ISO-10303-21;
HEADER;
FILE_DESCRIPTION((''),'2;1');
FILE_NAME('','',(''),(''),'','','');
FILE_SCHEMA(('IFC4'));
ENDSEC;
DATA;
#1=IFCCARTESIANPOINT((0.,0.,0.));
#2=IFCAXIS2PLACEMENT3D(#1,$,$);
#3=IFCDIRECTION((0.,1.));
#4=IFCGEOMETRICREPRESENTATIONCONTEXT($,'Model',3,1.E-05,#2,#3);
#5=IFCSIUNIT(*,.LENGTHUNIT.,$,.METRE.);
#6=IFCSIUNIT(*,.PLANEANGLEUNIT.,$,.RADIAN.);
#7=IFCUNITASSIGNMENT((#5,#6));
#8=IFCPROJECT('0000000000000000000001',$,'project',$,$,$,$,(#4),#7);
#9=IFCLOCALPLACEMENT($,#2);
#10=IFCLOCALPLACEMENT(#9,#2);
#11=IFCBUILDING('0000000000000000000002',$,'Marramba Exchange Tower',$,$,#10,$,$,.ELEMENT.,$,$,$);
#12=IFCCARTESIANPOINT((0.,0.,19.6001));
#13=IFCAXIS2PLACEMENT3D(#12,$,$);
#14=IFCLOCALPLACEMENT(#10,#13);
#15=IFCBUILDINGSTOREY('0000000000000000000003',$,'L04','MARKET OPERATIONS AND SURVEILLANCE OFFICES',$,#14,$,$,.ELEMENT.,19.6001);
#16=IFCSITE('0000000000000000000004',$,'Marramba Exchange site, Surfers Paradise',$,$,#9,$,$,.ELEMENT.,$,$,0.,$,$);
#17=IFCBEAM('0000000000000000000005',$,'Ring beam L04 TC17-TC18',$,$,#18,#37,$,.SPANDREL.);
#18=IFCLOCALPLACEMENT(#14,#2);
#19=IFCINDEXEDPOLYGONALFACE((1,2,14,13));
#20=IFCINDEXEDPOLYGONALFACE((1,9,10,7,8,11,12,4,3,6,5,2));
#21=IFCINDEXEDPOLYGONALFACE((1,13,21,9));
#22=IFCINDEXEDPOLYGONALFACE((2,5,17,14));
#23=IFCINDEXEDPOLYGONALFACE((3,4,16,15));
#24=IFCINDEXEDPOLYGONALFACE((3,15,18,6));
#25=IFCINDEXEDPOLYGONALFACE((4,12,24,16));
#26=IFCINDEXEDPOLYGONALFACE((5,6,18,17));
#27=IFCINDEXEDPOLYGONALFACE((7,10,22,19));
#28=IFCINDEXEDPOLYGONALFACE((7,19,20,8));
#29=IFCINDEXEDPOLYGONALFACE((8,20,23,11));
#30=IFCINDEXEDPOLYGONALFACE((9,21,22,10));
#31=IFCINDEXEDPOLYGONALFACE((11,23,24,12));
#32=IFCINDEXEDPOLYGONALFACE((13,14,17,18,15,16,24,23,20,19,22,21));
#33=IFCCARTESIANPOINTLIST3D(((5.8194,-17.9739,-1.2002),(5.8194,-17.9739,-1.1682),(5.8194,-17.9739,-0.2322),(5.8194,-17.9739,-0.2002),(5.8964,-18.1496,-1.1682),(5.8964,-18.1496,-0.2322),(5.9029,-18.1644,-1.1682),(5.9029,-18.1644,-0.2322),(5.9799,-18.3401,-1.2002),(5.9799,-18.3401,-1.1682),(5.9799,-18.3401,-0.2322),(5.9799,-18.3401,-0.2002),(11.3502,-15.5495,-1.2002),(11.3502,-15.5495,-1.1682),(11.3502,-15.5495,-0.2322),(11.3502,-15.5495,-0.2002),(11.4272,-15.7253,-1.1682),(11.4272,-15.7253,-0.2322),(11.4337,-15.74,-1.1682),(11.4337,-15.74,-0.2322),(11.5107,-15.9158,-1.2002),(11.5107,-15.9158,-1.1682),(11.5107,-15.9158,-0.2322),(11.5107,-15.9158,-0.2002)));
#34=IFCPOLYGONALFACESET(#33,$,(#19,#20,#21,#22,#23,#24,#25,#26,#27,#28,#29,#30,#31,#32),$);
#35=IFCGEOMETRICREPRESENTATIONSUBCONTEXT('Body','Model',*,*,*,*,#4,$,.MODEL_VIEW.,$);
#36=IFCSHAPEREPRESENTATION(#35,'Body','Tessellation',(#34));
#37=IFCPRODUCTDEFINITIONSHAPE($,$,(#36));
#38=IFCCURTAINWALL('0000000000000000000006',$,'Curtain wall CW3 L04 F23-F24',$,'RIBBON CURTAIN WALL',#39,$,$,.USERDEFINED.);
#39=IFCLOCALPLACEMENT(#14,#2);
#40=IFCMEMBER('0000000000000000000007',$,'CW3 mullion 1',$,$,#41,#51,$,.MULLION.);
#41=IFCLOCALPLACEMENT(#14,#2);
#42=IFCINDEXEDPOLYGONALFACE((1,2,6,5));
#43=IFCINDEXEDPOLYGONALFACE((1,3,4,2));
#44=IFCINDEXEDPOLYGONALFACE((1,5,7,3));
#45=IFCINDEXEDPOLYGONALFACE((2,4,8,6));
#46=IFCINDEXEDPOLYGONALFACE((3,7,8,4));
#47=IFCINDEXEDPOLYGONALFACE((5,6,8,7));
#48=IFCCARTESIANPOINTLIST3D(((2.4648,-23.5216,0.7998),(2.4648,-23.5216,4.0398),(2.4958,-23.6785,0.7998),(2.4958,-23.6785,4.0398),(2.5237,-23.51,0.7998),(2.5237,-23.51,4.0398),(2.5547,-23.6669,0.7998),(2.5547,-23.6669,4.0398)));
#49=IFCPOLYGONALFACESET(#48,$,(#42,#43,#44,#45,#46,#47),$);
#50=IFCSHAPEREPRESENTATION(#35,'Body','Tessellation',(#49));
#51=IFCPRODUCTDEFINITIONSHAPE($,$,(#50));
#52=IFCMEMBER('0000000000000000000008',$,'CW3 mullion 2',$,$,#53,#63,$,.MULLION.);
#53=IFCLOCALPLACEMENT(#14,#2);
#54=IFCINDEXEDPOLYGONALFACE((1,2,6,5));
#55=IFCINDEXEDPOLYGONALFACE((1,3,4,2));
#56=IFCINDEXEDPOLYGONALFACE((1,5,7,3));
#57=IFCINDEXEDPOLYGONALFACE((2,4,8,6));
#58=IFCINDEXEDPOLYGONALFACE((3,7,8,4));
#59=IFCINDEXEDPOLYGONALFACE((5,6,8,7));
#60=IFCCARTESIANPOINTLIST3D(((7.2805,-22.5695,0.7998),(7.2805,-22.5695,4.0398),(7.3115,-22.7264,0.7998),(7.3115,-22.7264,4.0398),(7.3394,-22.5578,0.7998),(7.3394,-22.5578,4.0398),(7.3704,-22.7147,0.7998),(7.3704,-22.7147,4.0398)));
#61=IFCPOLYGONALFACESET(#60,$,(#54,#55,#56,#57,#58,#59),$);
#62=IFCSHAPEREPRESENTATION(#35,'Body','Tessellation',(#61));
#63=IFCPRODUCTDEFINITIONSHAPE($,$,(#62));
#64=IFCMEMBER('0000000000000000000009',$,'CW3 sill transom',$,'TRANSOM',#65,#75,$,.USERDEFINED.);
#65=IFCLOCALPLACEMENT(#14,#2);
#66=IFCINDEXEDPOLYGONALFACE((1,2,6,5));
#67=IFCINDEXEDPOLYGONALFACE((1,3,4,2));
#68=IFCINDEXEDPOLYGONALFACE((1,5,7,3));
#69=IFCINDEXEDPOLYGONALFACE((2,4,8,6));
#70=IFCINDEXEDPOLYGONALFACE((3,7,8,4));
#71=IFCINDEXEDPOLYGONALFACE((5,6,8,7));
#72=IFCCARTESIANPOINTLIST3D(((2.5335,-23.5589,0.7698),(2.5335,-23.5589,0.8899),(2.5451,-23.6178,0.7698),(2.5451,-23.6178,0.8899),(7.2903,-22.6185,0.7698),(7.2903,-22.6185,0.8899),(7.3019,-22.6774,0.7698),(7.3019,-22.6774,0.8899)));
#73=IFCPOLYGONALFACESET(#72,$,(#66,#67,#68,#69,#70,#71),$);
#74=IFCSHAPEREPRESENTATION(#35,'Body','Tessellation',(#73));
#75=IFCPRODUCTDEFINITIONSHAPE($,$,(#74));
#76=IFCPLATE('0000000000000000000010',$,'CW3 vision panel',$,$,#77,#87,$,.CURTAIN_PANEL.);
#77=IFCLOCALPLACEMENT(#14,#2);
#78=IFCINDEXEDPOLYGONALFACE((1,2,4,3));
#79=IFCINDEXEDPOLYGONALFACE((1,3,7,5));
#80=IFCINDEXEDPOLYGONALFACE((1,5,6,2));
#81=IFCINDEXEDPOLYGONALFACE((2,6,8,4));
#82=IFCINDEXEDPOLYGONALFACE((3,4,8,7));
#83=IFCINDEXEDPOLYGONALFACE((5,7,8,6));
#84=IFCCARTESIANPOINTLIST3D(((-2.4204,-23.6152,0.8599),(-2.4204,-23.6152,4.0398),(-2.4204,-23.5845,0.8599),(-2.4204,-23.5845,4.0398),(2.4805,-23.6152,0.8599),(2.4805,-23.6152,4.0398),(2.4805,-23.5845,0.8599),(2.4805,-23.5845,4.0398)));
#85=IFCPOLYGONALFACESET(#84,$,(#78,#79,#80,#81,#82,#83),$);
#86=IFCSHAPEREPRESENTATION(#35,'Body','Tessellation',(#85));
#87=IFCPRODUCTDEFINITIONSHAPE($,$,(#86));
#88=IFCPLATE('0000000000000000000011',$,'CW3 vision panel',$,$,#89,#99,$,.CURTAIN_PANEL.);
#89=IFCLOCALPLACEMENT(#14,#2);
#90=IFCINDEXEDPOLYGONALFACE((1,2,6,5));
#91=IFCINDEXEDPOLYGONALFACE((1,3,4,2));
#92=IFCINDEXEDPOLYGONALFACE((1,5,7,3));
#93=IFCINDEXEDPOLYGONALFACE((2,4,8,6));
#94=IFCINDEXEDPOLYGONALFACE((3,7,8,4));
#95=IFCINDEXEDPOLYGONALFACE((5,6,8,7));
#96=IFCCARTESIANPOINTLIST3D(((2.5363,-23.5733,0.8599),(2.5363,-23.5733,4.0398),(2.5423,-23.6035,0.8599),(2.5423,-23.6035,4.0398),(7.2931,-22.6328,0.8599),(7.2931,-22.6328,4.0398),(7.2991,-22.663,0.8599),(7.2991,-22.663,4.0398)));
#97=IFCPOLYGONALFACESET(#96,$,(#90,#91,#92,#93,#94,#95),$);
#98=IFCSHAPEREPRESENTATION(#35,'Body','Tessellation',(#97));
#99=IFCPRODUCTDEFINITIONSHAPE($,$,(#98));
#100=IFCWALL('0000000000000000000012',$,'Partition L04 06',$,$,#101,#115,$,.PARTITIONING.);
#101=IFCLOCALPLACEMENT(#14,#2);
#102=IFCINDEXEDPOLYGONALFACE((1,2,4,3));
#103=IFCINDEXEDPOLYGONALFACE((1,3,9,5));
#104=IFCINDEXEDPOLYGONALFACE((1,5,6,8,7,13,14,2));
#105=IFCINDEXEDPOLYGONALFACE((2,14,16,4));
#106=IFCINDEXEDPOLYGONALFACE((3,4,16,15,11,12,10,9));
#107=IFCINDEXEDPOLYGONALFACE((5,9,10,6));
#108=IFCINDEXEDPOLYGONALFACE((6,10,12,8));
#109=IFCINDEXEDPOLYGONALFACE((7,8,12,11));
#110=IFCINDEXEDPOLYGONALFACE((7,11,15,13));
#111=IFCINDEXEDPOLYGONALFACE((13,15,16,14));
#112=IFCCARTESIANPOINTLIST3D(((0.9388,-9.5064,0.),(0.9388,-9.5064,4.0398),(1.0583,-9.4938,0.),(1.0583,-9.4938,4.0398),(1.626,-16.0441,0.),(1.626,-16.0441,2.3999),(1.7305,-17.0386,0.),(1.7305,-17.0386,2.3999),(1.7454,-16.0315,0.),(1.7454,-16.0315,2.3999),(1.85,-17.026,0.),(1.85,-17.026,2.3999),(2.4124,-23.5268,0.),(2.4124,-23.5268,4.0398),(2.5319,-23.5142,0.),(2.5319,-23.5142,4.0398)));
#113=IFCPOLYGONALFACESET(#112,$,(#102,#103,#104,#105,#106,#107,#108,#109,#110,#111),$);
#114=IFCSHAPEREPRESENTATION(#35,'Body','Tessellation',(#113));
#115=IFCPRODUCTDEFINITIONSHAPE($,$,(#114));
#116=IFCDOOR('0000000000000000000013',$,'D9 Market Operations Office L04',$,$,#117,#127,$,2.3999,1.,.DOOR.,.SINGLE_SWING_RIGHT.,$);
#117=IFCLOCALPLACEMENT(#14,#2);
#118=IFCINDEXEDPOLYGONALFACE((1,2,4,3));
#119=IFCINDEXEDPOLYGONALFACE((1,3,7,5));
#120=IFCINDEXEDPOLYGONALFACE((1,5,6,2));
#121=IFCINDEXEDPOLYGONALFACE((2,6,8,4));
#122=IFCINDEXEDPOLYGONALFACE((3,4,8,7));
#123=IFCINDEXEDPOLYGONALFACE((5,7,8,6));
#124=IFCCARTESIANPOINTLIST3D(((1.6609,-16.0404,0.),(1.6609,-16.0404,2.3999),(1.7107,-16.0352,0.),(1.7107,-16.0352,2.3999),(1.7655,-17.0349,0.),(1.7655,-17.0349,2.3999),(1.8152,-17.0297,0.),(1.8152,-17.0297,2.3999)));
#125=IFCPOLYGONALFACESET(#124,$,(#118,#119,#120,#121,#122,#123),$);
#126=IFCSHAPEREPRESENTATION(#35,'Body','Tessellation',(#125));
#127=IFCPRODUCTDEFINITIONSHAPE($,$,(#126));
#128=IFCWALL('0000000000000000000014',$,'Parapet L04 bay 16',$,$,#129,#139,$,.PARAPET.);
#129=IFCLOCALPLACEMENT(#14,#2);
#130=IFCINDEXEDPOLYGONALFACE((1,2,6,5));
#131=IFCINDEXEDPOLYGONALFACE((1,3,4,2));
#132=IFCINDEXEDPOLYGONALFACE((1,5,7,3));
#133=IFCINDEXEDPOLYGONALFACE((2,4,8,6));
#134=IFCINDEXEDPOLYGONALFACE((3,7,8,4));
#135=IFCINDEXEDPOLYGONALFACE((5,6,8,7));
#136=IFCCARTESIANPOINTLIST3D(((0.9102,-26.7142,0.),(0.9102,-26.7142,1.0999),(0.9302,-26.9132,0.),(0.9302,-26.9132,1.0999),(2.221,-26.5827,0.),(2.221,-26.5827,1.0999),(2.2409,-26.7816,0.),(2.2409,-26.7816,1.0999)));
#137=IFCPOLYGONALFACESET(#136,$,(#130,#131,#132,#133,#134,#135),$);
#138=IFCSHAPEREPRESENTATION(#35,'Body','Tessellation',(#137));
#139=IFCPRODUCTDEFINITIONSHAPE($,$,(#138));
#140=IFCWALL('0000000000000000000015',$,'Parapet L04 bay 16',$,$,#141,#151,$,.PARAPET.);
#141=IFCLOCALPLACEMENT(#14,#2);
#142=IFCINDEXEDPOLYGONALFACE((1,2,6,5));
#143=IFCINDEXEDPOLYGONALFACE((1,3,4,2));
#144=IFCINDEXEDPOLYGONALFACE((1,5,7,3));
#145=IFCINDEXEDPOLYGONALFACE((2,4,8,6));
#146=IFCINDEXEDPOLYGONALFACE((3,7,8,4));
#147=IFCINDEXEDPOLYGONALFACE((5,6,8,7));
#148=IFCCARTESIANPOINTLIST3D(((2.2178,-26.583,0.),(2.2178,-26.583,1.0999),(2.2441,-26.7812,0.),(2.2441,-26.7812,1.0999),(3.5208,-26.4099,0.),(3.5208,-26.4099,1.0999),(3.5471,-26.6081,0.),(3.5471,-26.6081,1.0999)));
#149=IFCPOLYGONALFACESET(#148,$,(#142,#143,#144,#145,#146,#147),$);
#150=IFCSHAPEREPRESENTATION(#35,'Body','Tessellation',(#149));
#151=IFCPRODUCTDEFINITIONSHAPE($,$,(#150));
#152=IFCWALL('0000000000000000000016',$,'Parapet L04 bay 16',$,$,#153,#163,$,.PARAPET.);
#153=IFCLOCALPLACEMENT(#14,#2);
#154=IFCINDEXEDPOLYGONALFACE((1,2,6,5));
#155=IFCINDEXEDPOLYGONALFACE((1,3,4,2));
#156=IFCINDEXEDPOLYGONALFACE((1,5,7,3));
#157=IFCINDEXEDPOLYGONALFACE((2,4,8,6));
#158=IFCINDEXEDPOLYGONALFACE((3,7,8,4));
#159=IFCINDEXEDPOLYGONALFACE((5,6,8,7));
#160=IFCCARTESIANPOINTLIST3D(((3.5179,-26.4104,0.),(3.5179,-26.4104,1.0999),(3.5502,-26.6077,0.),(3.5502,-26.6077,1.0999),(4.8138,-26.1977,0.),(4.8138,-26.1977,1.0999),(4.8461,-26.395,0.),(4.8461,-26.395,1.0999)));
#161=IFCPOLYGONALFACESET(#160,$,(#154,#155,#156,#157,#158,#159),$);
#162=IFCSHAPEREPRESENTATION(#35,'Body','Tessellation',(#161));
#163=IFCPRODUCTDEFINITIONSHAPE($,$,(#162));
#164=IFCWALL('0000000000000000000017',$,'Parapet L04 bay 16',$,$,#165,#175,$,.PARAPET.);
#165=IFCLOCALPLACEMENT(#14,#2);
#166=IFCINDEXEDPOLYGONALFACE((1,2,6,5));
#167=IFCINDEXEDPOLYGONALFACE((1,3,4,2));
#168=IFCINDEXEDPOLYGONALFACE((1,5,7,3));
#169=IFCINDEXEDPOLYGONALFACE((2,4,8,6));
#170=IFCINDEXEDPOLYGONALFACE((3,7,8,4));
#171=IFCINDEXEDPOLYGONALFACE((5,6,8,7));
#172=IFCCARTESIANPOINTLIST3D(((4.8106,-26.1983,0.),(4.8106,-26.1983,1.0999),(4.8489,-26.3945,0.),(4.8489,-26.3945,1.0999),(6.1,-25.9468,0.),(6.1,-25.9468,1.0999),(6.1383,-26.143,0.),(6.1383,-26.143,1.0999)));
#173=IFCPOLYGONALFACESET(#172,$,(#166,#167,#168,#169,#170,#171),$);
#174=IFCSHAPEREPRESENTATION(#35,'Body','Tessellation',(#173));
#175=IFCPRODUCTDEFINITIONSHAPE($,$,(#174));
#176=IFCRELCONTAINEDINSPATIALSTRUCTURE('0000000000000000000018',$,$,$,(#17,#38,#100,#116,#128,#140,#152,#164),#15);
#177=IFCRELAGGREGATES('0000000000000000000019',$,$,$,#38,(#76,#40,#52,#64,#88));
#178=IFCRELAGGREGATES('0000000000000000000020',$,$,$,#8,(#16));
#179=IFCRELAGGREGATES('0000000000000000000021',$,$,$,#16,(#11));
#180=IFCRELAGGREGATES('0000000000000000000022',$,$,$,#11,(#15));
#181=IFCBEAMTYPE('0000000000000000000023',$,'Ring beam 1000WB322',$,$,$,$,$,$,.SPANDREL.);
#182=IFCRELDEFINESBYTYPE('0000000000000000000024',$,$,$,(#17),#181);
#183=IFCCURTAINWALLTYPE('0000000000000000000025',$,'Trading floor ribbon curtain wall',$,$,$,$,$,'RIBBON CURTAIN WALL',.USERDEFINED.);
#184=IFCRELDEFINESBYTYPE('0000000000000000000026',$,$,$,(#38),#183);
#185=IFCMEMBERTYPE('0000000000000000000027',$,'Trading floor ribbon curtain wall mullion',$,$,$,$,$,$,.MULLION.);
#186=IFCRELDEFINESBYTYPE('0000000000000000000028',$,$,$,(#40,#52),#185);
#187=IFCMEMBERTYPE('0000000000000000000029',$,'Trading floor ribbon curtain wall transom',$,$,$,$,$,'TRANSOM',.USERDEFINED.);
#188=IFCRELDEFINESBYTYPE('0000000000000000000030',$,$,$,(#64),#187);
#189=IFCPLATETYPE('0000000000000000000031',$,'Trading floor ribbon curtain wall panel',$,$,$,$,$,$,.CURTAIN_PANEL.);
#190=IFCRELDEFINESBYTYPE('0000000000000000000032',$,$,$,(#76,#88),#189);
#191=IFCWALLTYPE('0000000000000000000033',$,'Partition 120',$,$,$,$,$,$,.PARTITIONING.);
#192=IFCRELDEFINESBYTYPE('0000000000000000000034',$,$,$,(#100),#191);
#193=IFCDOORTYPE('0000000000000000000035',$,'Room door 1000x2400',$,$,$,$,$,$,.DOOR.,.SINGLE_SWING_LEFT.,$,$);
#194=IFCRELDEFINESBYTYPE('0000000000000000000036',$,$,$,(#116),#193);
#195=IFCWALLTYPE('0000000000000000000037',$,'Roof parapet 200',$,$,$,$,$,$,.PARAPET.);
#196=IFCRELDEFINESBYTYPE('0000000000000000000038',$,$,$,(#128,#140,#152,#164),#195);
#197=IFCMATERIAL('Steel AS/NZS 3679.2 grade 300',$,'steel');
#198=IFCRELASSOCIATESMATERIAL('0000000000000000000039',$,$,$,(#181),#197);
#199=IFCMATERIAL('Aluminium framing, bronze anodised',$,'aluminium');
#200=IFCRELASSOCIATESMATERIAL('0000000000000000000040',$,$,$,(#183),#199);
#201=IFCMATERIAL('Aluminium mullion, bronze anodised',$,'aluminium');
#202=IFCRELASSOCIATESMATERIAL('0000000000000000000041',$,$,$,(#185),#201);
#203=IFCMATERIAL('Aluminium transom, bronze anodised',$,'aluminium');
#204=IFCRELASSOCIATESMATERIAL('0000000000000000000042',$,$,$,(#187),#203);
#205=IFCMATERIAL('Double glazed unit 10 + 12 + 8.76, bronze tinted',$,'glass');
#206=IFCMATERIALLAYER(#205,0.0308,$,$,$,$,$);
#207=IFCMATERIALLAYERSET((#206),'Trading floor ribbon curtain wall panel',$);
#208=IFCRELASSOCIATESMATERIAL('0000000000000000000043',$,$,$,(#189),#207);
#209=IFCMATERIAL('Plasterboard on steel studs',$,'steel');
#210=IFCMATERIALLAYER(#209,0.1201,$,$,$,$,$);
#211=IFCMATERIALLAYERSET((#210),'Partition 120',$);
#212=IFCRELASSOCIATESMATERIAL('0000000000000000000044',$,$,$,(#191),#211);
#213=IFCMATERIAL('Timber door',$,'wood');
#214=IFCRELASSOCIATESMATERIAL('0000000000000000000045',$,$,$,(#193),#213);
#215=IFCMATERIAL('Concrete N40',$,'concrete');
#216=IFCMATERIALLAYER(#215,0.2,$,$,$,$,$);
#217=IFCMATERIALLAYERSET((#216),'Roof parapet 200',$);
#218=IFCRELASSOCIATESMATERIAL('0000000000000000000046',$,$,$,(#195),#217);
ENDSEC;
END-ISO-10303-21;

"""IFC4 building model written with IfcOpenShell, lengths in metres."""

from ifc_helpers import new_model, si_unit, direction, frame, frame_2d, origin, origin_2d, place, context, subcontext, project, spatial, rectangle, i_section, extrude, material, layer, layer_set, material_profile, profile_set, type_object, element, fill, aggregate, save


model = new_model("IFC4")

# Units and contexts
model_context = context("Model", 3, precision=1e-05, world=origin(), true_north=direction((0.0, 1.0)))
body_context = subcontext(model_context, "Body", "Model", "MODEL_VIEW")
ifc_project = project(units=[si_unit("LENGTHUNIT", "METRE"), si_unit("PLANEANGLEUNIT", "RADIAN")], contexts=[model_context])

# Site, building, storey
site_placement = place(None, origin())
site = spatial("IfcSite", under=ifc_project, at=site_placement, Name="Marramba Exchange site, Surfers Paradise", CompositionType="ELEMENT", RefElevation=0.0)
building_placement = place(site_placement, origin())
building = spatial("IfcBuilding", under=site, at=building_placement, Name="Marramba Exchange Tower", CompositionType="ELEMENT")
storey_placement = place(building_placement, frame((0.0, 0.0, 19.6001)))
storey = spatial("IfcBuildingStorey", under=building, at=storey_placement, Name="L04", Description="MARKET OPERATIONS AND SURVEILLANCE OFFICES", CompositionType="ELEMENT", Elevation=19.6001)

# Beam
ifc_material_1 = material(Name="Steel AS/NZS 3679.2 grade 300", Category="steel")
ifc_material_profile_1 = material_profile(ifc_material_1, i_section(OverallWidth=0.3999, OverallDepth=1.0, WebThickness=0.0161, FlangeThickness=0.032, at=origin_2d()), Name="1000WB322")
ifc_profile_set_1 = profile_set([ifc_material_profile_1], Name="Steel AS/NZS 3679.2 grade 300")
beam_type_1 = type_object("IfcBeamType", Name="Ring beam 1000WB322", PredefinedType="SPANDREL", material=ifc_profile_set_1)
beam_1_placement = place(storey_placement, frame((5.8997, -18.157, -0.7002), z_axis=(0.915877, 0.401459, 0.0), x_axis=(-0.401459, 0.915877, 0.0)))
element("IfcBeam", 1, at=beam_1_placement, inside=storey, type_object=beam_type_1, Name="Ring beam L04 TC17-TC18", PredefinedType="SPANDREL", context=body_context, shape_type="SweptSolid", body=[
    extrude(i_section(OverallWidth=0.3999, OverallDepth=1.0, WebThickness=0.0161, FlangeThickness=0.032, at=origin_2d()), origin(), (0.0, 0.0, 1.0), 6.0388),
])

# Curtain wall, members, plates
ifc_material_2 = material(Name="Aluminium framing, bronze anodised", Category="aluminium")
curtain_wall_type = type_object("IfcCurtainWallType", Name="Trading floor ribbon curtain wall", ElementType="RIBBON CURTAIN WALL", PredefinedType="USERDEFINED", material=ifc_material_2)
curtain_wall_placement = place(storey_placement, origin())
curtain_wall = element("IfcCurtainWall", 2, at=curtain_wall_placement, inside=storey, type_object=curtain_wall_type, Name="Curtain wall CW3 L04 F23-F24", ObjectType="RIBBON CURTAIN WALL", PredefinedType="USERDEFINED")
ifc_material_3 = material(Name="Aluminium mullion, bronze anodised", Category="aluminium")
ifc_material_profile_2 = material_profile(ifc_material_3, rectangle(XDim=0.1599, YDim=0.0601, at=origin_2d()), Name="CW3 mullion 60x160")
ifc_profile_set_2 = profile_set([ifc_material_profile_2], Name="Aluminium mullion, bronze anodised")
member_type_1 = type_object("IfcMemberType", Name="Trading floor ribbon curtain wall mullion", PredefinedType="MULLION", material=ifc_profile_set_2)
member_1_placement = place(storey_placement, frame((2.5098, -23.5942, 0.7998), z_axis=(0.0, 0.0, 1.0), x_axis=(-0.193961, 0.981009, 0.0)))
member_1 = element("IfcMember", 3, at=member_1_placement, type_object=member_type_1, Name="CW3 mullion 1", PredefinedType="MULLION", context=body_context, shape_type="SweptSolid", body=[
    extrude(rectangle(XDim=0.1599, YDim=0.0601, at=origin_2d()), origin(), (0.0, 0.0, 1.0), 3.24),
])
member_2_placement = place(storey_placement, frame((7.3254, -22.6421, 0.7998), z_axis=(0.0, 0.0, 1.0), x_axis=(-0.193961, 0.981009, 0.0)))
member_2 = element("IfcMember", 4, at=member_2_placement, type_object=member_type_1, Name="CW3 mullion 2", PredefinedType="MULLION", context=body_context, shape_type="SweptSolid", body=[
    extrude(rectangle(XDim=0.1599, YDim=0.0601, at=origin_2d()), origin(), (0.0, 0.0, 1.0), 3.24),
])
ifc_material_4 = material(Name="Aluminium transom, bronze anodised", Category="aluminium")
ifc_material_profile_3 = material_profile(ifc_material_4, rectangle(XDim=0.0601, YDim=0.1201, at=origin_2d()), Name="CW3 transom 60x120")
ifc_profile_set_3 = profile_set([ifc_material_profile_3], Name="Aluminium transom, bronze anodised")
member_type_2 = type_object("IfcMemberType", Name="Trading floor ribbon curtain wall transom", ElementType="TRANSOM", PredefinedType="USERDEFINED", material=ifc_profile_set_3)
member_3_placement = place(storey_placement, frame((2.5393, -23.5884, 0.8298), z_axis=(0.981012, 0.193947, 0.0), x_axis=(-0.193947, 0.981012, 0.0)))
member_3 = element("IfcMember", 5, at=member_3_placement, type_object=member_type_2, Name="CW3 sill transom", ObjectType="TRANSOM", PredefinedType="USERDEFINED", context=body_context, shape_type="SweptSolid", body=[
    extrude(rectangle(XDim=0.0601, YDim=0.1201, at=origin_2d()), origin(), (0.0, 0.0, 1.0), 4.8489),
])
ifc_material_5 = material(Name="Double glazed unit 10 + 12 + 8.76, bronze tinted", Category="glass")
ifc_layer_1 = layer(ifc_material_5, 0.0308)
ifc_layer_set_1 = layer_set([ifc_layer_1], Name="Trading floor ribbon curtain wall panel")
plate_type = type_object("IfcPlateType", Name="Trading floor ribbon curtain wall panel", PredefinedType="CURTAIN_PANEL", material=ifc_layer_set_1)
plate_1_placement = place(storey_placement, frame((0.03, -23.5999, 0.8599), z_axis=(0.0, 0.0, 1.0), x_axis=(1.0, 0.0, 0.0)))
plate_1 = element("IfcPlate", 6, at=plate_1_placement, type_object=plate_type, Name="CW3 vision panel", PredefinedType="CURTAIN_PANEL", context=body_context, shape_type="SweptSolid", body=[
    extrude(rectangle(XDim=4.9009, YDim=0.0308, at=origin_2d()), origin(), (0.0, 0.0, 1.0), 3.1799),
])
plate_2_placement = place(storey_placement, frame((4.9177, -23.1182, 0.8599), z_axis=(0.0, 0.0, 1.0), x_axis=(0.981009, 0.193961, 0.0)))
plate_2 = element("IfcPlate", 7, at=plate_2_placement, type_object=plate_type, Name="CW3 vision panel", PredefinedType="CURTAIN_PANEL", context=body_context, shape_type="SweptSolid", body=[
    extrude(rectangle(XDim=4.8489, YDim=0.0308, at=origin_2d()), origin(), (0.0, 0.0, 1.0), 3.1799),
])
aggregate(curtain_wall, [plate_1, member_1, member_2, member_3, plate_2])

# Wall, opening, door
ifc_material_6 = material(Name="Plasterboard on steel studs", Category="steel")
ifc_layer_2 = layer(ifc_material_6, 0.1201)
ifc_layer_set_2 = layer_set([ifc_layer_2], Name="Partition 120")
wall_type_1 = type_object("IfcWallType", Name="Partition 120", PredefinedType="PARTITIONING", material=ifc_layer_set_2)
wall_1_placement = place(storey_placement, frame((2.4722, -23.5205, 0.0), z_axis=(0.0, 0.0, 1.0), x_axis=(-0.10453, 0.994522, 0.0)))
wall_1 = element("IfcWall", 8, at=wall_1_placement, inside=storey, type_object=wall_type_1, Name="Partition L04 06", PredefinedType="PARTITIONING", context=body_context, shape_type="SweptSolid", body=[
    extrude(rectangle(XDim=14.0977, YDim=0.1201, at=frame_2d((7.0488, 0.0))), origin(), (0.0, 0.0, 1.0), 4.0398),
])
opening_1_placement = place(wall_1_placement, frame((6.5239, 0.0, 0.0)))
opening_1 = element("IfcOpeningElement", 9, at=opening_1_placement, cuts=wall_1, PredefinedType="OPENING", context=body_context, shape_type="SweptSolid", body=[
    extrude(rectangle(XDim=1.0, YDim=2.3999, at=frame_2d((0.5, 1.2))), frame((0.0, 0.0701, 0.0), z_axis=(0.0, -1.0, 0.0), x_axis=(1.0, 0.0, 0.0)), (0.0, 0.0, 1.0), 0.1401),
])
ifc_material_7 = material(Name="Timber door", Category="wood")
door_type_1 = type_object("IfcDoorType", Name="Room door 1000x2400", OperationType="SINGLE_SWING_LEFT", PredefinedType="DOOR", material=ifc_material_7)
door_1_placement = place(opening_1_placement, frame((1.0, 0.0, 0.0), z_axis=(0.0, 0.0, 1.0), x_axis=(-1.0, 0.0, 0.0)))
door_1 = element("IfcDoor", 10, at=door_1_placement, inside=storey, type_object=door_type_1, Name="D9 Market Operations Office L04", OperationType="SINGLE_SWING_RIGHT", OverallHeight=2.3999, OverallWidth=1.0, PredefinedType="DOOR", context=body_context, shape_type="SweptSolid", body=[
    extrude(rectangle(XDim=1.0, YDim=2.3999, at=frame_2d((0.5, 1.2))), frame((0.0, 0.0251, 0.0), z_axis=(0.0, -1.0, 0.0), x_axis=(1.0, 0.0, 0.0)), (0.0, 0.0, 1.0), 0.05),
])
fill(opening_1, door_1)

# Walls
ifc_material_8 = material(Name="Concrete N40", Category="concrete")
ifc_layer_3 = layer(ifc_material_8, 0.2)
ifc_layer_set_3 = layer_set([ifc_layer_3], Name="Roof parapet 200")
wall_type_2 = type_object("IfcWallType", Name="Roof parapet 200", PredefinedType="PARAPET", material=ifc_layer_set_3)
wall_2_placement = place(storey_placement, frame((0.9202, -26.8137, 0.0), z_axis=(0.0, 0.0, 1.0), x_axis=(0.994999, 0.099889, 0.0)))
element("IfcWall", 11, at=wall_2_placement, inside=storey, type_object=wall_type_2, Name="Parapet L04 bay 16", PredefinedType="PARAPET", context=body_context, shape_type="SweptSolid", body=[
    extrude(rectangle(XDim=1.3174, YDim=0.2, at=frame_2d((0.6587, 0.0))), origin(), (0.0, 0.0, 1.0), 1.0999),
])
wall_3_placement = place(storey_placement, frame((2.231, -26.6821, 0.0), z_axis=(0.0, 0.0, 1.0), x_axis=(0.991291, 0.131689, 0.0)))
element("IfcWall", 12, at=wall_3_placement, inside=storey, type_object=wall_type_2, Name="Parapet L04 bay 16", PredefinedType="PARAPET", context=body_context, shape_type="SweptSolid", body=[
    extrude(rectangle(XDim=1.3145, YDim=0.2, at=frame_2d((0.6572, 0.0))), origin(), (0.0, 0.0, 1.0), 1.0999),
])
wall_4_placement = place(storey_placement, frame((3.5339, -26.509, 0.0), z_axis=(0.0, 0.0, 1.0), x_axis=(0.986803, 0.161926, 0.0)))
element("IfcWall", 13, at=wall_4_placement, inside=storey, type_object=wall_type_2, Name="Parapet L04 bay 16", PredefinedType="PARAPET", context=body_context, shape_type="SweptSolid", body=[
    extrude(rectangle(XDim=1.3132, YDim=0.2, at=frame_2d((0.6567, 0.0))), origin(), (0.0, 0.0, 1.0), 1.0999),
])
wall_5_placement = place(storey_placement, frame((4.8298, -26.2964, 0.0), z_axis=(0.0, 0.0, 1.0), x_axis=(0.981506, 0.191432, 0.0)))
element("IfcWall", 14, at=wall_5_placement, inside=storey, type_object=wall_type_2, Name="Parapet L04 bay 16", PredefinedType="PARAPET", context=body_context, shape_type="SweptSolid", body=[
    extrude(rectangle(XDim=1.3137, YDim=0.2, at=frame_2d((0.6567, 0.0))), origin(), (0.0, 0.0, 1.0), 1.0999),
])

save(model, "model.ifc")
